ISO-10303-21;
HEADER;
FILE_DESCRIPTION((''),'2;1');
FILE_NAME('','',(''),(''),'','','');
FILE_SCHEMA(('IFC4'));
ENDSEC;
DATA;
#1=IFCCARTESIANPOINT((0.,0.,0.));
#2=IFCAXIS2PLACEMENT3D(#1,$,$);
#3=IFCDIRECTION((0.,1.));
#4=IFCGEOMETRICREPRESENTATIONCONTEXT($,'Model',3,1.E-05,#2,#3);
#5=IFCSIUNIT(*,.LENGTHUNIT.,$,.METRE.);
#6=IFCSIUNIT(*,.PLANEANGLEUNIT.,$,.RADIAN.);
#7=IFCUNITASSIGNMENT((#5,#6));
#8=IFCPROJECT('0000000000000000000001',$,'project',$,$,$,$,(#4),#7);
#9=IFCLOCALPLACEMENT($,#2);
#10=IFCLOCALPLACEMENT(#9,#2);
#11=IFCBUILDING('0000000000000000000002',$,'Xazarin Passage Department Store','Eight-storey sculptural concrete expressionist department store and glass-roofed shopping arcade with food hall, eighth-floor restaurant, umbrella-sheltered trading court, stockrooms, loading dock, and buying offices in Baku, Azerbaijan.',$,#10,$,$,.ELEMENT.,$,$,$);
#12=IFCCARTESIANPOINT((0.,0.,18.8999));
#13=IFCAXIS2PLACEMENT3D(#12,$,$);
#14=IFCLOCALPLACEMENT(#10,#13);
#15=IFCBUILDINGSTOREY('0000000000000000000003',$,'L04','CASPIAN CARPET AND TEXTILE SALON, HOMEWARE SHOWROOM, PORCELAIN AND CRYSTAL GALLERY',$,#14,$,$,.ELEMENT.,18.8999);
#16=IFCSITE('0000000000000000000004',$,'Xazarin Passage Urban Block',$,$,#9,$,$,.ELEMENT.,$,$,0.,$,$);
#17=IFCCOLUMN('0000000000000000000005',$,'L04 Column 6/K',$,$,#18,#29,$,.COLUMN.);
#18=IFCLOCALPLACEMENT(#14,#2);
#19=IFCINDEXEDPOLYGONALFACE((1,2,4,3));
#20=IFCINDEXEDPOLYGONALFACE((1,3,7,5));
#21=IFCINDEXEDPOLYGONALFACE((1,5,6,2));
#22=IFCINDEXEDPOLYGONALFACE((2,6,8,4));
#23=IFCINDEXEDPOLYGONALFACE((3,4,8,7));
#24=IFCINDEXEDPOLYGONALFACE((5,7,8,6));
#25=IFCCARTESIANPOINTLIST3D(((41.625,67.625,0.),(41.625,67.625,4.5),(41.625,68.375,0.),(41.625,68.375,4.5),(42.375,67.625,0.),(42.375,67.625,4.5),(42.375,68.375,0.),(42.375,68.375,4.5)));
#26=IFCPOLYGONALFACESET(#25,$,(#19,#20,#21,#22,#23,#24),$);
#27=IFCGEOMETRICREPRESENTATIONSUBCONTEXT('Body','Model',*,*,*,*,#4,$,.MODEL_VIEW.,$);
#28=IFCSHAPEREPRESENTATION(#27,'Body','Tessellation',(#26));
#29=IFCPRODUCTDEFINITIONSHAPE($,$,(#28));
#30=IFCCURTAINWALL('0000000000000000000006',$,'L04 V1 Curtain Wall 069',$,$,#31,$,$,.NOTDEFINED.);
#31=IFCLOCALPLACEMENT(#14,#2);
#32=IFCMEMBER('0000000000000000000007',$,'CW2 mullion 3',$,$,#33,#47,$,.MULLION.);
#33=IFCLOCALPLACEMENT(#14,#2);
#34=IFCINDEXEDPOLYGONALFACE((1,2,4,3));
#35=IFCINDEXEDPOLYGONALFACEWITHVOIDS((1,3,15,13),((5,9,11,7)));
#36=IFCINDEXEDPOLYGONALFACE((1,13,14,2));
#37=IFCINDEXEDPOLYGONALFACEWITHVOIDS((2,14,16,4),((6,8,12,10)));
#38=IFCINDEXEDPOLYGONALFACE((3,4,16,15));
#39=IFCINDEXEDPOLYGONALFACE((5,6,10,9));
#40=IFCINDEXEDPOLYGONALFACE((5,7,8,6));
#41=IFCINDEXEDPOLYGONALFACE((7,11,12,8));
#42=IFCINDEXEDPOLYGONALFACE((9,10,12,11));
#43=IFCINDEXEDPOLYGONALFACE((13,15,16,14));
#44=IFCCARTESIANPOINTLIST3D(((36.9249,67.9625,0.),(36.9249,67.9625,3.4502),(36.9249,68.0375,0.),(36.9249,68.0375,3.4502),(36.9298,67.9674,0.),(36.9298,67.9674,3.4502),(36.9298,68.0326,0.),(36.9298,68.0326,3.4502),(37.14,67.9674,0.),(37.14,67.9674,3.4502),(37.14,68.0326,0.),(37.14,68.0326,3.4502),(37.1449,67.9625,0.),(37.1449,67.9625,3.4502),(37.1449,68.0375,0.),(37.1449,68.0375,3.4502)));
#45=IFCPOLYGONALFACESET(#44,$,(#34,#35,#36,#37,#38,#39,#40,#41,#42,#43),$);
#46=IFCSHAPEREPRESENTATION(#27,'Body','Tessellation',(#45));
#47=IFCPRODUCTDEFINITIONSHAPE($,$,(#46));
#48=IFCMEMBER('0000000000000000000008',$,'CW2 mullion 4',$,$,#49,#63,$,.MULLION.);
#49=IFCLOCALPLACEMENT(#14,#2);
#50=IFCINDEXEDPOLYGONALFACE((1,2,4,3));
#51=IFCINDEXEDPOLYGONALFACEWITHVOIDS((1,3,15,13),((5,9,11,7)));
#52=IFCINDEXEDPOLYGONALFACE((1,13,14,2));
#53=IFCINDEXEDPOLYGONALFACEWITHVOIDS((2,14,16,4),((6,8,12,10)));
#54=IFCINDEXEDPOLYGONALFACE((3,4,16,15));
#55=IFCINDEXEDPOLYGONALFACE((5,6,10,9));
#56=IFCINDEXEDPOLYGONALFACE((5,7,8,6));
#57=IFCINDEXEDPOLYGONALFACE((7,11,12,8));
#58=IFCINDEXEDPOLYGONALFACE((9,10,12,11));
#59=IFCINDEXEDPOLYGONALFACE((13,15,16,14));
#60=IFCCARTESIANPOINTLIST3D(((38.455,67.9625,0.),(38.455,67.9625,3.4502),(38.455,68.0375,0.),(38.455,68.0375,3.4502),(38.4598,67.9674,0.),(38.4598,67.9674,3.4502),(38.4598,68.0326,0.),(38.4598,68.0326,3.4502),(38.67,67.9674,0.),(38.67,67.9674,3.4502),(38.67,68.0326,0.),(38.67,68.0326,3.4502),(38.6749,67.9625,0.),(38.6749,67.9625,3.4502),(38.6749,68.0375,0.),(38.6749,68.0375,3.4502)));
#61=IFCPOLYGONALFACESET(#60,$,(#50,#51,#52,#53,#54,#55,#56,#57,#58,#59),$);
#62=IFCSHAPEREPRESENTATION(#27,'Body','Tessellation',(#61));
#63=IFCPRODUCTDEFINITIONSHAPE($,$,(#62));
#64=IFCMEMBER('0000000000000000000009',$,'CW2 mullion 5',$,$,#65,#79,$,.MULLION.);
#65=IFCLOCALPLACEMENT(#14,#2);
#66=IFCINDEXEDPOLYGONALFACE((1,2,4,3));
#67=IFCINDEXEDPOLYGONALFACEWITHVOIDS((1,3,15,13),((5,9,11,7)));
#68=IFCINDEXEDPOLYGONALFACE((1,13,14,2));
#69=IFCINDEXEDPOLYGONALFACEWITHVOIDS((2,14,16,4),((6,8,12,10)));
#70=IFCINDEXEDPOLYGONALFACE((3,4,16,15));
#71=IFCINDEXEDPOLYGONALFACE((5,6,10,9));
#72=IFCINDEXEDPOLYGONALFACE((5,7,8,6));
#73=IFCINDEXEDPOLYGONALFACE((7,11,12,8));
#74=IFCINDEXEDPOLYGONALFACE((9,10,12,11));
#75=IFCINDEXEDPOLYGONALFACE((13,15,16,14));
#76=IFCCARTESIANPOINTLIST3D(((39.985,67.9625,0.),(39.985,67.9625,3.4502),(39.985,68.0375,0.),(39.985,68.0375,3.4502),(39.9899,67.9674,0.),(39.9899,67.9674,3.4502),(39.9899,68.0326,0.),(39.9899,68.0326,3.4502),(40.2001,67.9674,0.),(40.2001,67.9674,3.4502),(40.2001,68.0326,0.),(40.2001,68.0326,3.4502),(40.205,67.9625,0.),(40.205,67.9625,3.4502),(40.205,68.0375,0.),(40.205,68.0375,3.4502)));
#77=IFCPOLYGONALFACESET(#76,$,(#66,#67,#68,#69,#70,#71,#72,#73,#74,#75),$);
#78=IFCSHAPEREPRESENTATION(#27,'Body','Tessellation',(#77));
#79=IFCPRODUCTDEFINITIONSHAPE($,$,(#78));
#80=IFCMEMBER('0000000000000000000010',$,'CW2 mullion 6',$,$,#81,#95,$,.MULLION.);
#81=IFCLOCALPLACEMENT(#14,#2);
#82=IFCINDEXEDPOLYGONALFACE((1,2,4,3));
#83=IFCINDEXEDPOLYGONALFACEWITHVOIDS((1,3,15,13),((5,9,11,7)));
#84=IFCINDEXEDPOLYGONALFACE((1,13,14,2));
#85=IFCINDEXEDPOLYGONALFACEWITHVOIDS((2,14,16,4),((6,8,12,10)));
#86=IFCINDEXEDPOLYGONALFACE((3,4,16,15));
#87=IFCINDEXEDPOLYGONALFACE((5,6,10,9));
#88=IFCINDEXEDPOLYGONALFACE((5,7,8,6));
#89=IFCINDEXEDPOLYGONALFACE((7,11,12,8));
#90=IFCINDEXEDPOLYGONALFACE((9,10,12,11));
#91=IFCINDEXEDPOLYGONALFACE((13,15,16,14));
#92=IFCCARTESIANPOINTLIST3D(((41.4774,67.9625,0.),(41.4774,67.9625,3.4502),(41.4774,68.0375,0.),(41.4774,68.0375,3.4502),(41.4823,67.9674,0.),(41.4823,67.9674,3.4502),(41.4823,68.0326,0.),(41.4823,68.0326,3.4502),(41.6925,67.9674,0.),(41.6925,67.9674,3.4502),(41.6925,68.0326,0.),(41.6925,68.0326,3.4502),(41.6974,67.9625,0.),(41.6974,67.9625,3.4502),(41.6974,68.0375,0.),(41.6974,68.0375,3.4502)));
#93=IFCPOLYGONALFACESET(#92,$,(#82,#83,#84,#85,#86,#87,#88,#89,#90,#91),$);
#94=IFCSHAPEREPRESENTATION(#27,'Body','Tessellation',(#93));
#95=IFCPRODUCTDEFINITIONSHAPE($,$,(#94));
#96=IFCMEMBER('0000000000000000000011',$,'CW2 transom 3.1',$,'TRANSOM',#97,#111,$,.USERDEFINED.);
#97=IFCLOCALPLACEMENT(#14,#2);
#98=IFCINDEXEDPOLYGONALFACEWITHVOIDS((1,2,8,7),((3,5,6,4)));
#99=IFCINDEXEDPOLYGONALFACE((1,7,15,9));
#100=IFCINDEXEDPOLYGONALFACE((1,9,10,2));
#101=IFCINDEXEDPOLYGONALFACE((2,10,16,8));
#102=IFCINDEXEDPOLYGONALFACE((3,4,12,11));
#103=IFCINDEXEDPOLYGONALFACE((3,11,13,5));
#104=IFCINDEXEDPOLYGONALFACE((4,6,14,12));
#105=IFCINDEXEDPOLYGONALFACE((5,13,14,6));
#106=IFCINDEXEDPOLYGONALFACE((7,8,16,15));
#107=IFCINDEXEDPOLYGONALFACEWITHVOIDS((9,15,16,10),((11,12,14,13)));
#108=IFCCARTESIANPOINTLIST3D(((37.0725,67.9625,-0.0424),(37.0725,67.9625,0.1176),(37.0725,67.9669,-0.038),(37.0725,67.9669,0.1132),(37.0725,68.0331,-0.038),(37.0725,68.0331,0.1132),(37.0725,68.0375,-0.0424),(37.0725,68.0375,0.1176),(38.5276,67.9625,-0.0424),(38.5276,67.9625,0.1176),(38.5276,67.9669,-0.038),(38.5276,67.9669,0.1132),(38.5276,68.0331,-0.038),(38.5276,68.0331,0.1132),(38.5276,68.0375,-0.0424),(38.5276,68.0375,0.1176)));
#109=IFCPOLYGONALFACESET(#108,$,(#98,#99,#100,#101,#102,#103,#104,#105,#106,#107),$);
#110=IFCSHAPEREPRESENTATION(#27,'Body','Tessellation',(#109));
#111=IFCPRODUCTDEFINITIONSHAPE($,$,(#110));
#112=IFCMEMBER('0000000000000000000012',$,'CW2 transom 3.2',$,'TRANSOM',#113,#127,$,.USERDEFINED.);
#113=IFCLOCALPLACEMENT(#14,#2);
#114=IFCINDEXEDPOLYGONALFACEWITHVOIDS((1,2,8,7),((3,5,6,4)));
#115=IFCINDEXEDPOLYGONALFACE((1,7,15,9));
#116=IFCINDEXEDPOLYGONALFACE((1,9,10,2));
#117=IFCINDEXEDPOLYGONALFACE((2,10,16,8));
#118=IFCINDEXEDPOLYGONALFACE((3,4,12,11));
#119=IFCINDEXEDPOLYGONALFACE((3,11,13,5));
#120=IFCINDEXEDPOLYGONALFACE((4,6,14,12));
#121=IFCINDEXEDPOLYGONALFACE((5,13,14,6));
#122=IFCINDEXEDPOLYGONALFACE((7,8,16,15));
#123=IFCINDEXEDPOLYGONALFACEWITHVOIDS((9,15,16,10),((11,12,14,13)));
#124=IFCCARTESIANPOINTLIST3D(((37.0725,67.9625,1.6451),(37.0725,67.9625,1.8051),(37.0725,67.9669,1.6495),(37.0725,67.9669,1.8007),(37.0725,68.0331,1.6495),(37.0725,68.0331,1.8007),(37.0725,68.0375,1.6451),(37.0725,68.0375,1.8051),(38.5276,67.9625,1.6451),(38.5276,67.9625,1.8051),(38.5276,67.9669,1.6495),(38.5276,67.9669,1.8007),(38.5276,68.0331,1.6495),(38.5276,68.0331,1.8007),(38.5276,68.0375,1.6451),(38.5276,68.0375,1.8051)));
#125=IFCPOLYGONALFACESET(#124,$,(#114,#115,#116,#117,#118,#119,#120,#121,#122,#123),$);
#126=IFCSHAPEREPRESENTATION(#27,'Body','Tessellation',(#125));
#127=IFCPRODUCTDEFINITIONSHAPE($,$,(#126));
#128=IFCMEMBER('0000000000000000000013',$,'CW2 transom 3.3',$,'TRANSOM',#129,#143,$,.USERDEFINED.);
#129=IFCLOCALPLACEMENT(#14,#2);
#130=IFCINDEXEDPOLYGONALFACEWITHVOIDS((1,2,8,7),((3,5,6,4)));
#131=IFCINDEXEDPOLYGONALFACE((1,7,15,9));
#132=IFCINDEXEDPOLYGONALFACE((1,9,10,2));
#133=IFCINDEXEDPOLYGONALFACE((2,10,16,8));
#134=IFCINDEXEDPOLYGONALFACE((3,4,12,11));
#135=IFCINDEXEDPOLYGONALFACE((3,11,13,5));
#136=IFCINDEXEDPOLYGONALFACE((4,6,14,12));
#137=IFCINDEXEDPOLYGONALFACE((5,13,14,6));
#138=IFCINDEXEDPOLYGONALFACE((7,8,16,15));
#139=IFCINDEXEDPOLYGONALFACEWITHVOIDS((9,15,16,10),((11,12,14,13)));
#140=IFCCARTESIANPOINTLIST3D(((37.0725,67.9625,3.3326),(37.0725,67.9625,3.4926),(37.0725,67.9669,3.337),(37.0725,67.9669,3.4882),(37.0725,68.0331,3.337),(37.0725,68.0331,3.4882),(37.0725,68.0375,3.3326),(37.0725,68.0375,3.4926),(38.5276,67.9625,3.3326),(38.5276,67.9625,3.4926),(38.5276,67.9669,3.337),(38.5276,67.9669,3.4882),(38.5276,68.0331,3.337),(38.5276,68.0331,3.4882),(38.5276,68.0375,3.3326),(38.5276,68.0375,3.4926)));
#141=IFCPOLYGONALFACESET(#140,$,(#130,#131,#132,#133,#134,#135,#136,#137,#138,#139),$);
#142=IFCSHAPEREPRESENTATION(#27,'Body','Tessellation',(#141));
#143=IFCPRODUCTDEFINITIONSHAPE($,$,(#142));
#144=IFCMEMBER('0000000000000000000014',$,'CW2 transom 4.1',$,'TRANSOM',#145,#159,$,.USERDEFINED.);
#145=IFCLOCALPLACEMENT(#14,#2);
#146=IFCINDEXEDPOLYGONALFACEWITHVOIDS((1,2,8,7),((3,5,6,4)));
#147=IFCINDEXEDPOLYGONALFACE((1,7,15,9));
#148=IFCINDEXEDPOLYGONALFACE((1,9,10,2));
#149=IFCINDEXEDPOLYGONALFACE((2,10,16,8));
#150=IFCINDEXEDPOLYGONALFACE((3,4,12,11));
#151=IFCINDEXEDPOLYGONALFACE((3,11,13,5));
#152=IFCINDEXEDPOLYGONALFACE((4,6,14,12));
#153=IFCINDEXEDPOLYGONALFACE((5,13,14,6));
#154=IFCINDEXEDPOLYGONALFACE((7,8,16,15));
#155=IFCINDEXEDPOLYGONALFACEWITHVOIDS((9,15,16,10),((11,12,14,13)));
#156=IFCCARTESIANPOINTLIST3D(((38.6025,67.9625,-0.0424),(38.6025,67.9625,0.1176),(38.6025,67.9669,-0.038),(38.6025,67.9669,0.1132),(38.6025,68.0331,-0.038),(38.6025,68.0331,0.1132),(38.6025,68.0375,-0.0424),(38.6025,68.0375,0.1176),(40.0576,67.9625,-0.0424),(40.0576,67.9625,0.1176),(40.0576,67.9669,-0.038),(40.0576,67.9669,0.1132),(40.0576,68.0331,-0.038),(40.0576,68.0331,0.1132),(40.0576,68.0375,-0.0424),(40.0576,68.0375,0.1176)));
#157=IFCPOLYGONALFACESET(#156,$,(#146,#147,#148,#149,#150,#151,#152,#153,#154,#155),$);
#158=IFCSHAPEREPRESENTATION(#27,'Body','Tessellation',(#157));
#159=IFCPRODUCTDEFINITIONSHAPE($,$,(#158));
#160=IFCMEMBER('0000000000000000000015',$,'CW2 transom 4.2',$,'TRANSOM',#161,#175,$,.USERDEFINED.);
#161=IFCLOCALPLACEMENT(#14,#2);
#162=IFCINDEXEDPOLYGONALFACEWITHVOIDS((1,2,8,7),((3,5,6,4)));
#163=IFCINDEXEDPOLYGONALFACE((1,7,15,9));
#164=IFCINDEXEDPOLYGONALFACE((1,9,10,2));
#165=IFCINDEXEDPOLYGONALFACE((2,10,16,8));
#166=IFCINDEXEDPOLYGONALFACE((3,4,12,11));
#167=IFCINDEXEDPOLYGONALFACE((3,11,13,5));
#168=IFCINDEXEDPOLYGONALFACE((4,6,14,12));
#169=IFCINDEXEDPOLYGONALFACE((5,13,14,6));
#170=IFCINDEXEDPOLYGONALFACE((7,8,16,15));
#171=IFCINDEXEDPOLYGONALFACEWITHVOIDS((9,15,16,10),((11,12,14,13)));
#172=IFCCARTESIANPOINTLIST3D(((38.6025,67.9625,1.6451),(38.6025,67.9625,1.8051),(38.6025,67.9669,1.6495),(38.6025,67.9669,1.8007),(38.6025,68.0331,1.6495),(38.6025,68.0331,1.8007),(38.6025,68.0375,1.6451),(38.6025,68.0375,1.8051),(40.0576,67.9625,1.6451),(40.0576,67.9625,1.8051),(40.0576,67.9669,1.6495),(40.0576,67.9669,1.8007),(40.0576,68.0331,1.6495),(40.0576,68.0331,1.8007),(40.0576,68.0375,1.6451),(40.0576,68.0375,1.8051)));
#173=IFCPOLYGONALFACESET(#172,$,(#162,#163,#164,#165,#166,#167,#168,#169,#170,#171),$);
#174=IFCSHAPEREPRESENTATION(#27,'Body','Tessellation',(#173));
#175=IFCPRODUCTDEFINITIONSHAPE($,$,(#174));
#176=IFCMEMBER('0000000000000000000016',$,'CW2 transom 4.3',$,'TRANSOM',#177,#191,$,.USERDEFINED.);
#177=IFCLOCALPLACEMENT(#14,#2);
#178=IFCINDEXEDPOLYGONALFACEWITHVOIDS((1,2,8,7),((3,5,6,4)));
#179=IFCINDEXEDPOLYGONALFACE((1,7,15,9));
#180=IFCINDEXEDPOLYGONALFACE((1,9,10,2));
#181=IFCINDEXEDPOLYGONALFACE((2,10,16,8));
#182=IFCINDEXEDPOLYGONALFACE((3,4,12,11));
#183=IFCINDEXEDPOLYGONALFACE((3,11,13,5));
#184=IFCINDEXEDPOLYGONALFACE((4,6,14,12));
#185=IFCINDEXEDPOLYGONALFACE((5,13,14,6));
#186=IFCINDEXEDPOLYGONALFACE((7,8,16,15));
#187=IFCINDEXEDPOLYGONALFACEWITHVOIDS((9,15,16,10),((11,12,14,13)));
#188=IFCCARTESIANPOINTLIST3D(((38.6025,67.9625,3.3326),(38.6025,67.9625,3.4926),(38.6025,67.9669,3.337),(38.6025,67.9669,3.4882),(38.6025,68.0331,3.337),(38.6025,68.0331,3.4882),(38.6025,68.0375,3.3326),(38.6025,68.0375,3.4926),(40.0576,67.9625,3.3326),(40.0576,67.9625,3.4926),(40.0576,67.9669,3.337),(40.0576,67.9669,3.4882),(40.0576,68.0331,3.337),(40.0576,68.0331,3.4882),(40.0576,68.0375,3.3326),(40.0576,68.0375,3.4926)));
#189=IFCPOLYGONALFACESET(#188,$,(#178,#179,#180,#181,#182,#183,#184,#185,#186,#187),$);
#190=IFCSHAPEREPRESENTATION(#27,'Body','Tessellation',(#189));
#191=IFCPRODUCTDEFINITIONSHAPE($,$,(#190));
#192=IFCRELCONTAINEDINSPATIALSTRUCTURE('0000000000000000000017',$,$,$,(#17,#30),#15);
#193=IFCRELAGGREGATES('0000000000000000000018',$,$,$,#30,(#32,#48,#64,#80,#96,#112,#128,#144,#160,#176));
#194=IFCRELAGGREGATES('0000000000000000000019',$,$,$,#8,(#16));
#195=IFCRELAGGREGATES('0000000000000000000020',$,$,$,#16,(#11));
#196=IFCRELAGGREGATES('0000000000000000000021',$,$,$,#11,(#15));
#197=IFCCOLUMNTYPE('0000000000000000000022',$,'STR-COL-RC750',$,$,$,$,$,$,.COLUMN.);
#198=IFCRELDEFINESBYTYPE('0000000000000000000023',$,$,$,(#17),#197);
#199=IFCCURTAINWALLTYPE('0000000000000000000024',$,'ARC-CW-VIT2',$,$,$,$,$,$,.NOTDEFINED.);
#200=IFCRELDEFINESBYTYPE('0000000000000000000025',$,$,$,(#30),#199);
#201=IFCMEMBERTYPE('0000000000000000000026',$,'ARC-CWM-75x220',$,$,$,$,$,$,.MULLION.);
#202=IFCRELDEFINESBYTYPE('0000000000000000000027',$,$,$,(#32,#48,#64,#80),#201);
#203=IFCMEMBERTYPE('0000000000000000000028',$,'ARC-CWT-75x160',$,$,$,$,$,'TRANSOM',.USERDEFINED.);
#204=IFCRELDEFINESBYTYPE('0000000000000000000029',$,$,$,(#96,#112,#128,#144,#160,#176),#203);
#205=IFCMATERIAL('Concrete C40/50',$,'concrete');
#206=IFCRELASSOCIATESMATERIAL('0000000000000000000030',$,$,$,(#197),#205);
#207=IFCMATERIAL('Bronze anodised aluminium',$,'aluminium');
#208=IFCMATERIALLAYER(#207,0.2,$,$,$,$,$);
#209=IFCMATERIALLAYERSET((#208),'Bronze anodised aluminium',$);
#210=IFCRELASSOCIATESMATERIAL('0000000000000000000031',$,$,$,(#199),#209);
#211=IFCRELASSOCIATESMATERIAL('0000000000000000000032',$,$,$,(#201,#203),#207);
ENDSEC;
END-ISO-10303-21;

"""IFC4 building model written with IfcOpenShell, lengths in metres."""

from ifc_helpers import new_model, si_unit, direction, frame, origin, origin_2d, place, context, subcontext, project, spatial, rectangle, hollow_rectangle, extrude, material, layer, layer_set, material_profile, profile_set, type_object, element, aggregate, save


model = new_model("IFC4")

# Units and contexts
model_context = context("Model", 3, precision=1e-05, world=origin(), true_north=direction((0.0, 1.0)))
body_context = subcontext(model_context, "Body", "Model", "MODEL_VIEW")
ifc_project = project(units=[si_unit("LENGTHUNIT", "METRE"), si_unit("PLANEANGLEUNIT", "RADIAN")], contexts=[model_context])

# Site, building, storey
site_placement = place(None, origin())
site = spatial("IfcSite", under=ifc_project, at=site_placement, Name="Xazarin Passage Urban Block", CompositionType="ELEMENT", RefElevation=0.0)
building_placement = place(site_placement, origin())
building = spatial("IfcBuilding", under=site, at=building_placement, Name="Xazarin Passage Department Store", Description="Eight-storey sculptural concrete expressionist department store and glass-roofed shopping arcade with food hall, eighth-floor restaurant, umbrella-sheltered trading court, stockrooms, loading dock, and buying offices in Baku, Azerbaijan.", CompositionType="ELEMENT")
storey_placement = place(building_placement, frame((0.0, 0.0, 18.8999)))
storey = spatial("IfcBuildingStorey", under=building, at=storey_placement, Name="L04", Description="CASPIAN CARPET AND TEXTILE SALON, HOMEWARE SHOWROOM, PORCELAIN AND CRYSTAL GALLERY", CompositionType="ELEMENT", Elevation=18.8999)

# Column
ifc_material_1 = material(Name="Concrete C40/50", Category="concrete")
ifc_material_profile_1 = material_profile(ifc_material_1, rectangle(XDim=0.75, YDim=0.75, at=origin_2d()), Name="RC 750x750")
ifc_profile_set_1 = profile_set([ifc_material_profile_1], Name="Concrete C40/50")
column_type = type_object("IfcColumnType", Name="STR-COL-RC750", PredefinedType="COLUMN", material=ifc_profile_set_1)
column_placement = place(storey_placement, frame((42.0, 68.0, 0.0), z_axis=(0.0, 0.0, 1.0), x_axis=(1.0, 0.0, 0.0)))
element("IfcColumn", 1, at=column_placement, inside=storey, type_object=column_type, Name="L04 Column 6/K", PredefinedType="COLUMN", context=body_context, shape_type="SweptSolid", body=[
    extrude(rectangle(XDim=0.75, YDim=0.75, at=origin_2d()), origin(), (0.0, 0.0, 1.0), 4.5),
])

# Curtain wall, members
ifc_material_2 = material(Name="Bronze anodised aluminium", Category="aluminium")
ifc_layer_1 = layer(ifc_material_2, 0.2)
ifc_layer_set_1 = layer_set([ifc_layer_1], Name="Bronze anodised aluminium")
curtain_wall_type = type_object("IfcCurtainWallType", Name="ARC-CW-VIT2", PredefinedType="NOTDEFINED", material=ifc_layer_set_1)
curtain_wall_placement = place(storey_placement, origin())
curtain_wall = element("IfcCurtainWall", 2, at=curtain_wall_placement, inside=storey, type_object=curtain_wall_type, Name="L04 V1 Curtain Wall 069", PredefinedType="NOTDEFINED")
ifc_material_profile_2 = material_profile(ifc_material_2, hollow_rectangle(XDim=0.075, YDim=0.22, WallThickness=0.0049, at=origin_2d()), Name="ALU 75x220")
ifc_profile_set_2 = profile_set([ifc_material_profile_2], Name="Bronze anodised aluminium")
member_type_1 = type_object("IfcMemberType", Name="ARC-CWM-75x220", PredefinedType="MULLION", material=ifc_profile_set_2)
member_1_placement = place(storey_placement, frame((37.0349, 68.0, 0.0), z_axis=(0.0, 0.0, 1.0), x_axis=(0.0, 1.0, 0.0)))
member_1 = element("IfcMember", 3, at=member_1_placement, type_object=member_type_1, Name="CW2 mullion 3", PredefinedType="MULLION", context=body_context, shape_type="SweptSolid", body=[
    extrude(hollow_rectangle(XDim=0.075, YDim=0.22, WallThickness=0.0049, at=origin_2d()), origin(), (0.0, 0.0, 1.0), 3.4502),
])
member_2_placement = place(storey_placement, frame((38.5649, 68.0, 0.0), z_axis=(0.0, 0.0, 1.0), x_axis=(0.0, 1.0, 0.0)))
member_2 = element("IfcMember", 4, at=member_2_placement, type_object=member_type_1, Name="CW2 mullion 4", PredefinedType="MULLION", context=body_context, shape_type="SweptSolid", body=[
    extrude(hollow_rectangle(XDim=0.075, YDim=0.22, WallThickness=0.0049, at=origin_2d()), origin(), (0.0, 0.0, 1.0), 3.4502),
])
member_3_placement = place(storey_placement, frame((40.095, 68.0, 0.0), z_axis=(0.0, 0.0, 1.0), x_axis=(0.0, 1.0, 0.0)))
member_3 = element("IfcMember", 5, at=member_3_placement, type_object=member_type_1, Name="CW2 mullion 5", PredefinedType="MULLION", context=body_context, shape_type="SweptSolid", body=[
    extrude(hollow_rectangle(XDim=0.075, YDim=0.22, WallThickness=0.0049, at=origin_2d()), origin(), (0.0, 0.0, 1.0), 3.4502),
])
member_4_placement = place(storey_placement, frame((41.5874, 68.0, 0.0), z_axis=(0.0, 0.0, 1.0), x_axis=(0.0, 1.0, 0.0)))
member_4 = element("IfcMember", 6, at=member_4_placement, type_object=member_type_1, Name="CW2 mullion 6", PredefinedType="MULLION", context=body_context, shape_type="SweptSolid", body=[
    extrude(hollow_rectangle(XDim=0.075, YDim=0.22, WallThickness=0.0049, at=origin_2d()), origin(), (0.0, 0.0, 1.0), 3.4502),
])
ifc_material_profile_3 = material_profile(ifc_material_2, hollow_rectangle(XDim=0.075, YDim=0.1599, WallThickness=0.0044, at=origin_2d()), Name="ALU 75x160")
ifc_profile_set_3 = profile_set([ifc_material_profile_3], Name="Bronze anodised aluminium")
member_type_2 = type_object("IfcMemberType", Name="ARC-CWT-75x160", ElementType="TRANSOM", PredefinedType="USERDEFINED", material=ifc_profile_set_3)
member_5_placement = place(storey_placement, frame((37.0725, 68.0, 0.0376), z_axis=(1.0, 0.0, 0.0), x_axis=(0.0, 1.0, 0.0)))
member_5 = element("IfcMember", 7, at=member_5_placement, type_object=member_type_2, Name="CW2 transom 3.1", ObjectType="TRANSOM", PredefinedType="USERDEFINED", context=body_context, shape_type="SweptSolid", body=[
    extrude(hollow_rectangle(XDim=0.075, YDim=0.1599, WallThickness=0.0044, at=origin_2d()), origin(), (0.0, 0.0, 1.0), 1.4551),
])
member_6_placement = place(storey_placement, frame((37.0725, 68.0, 1.7251), z_axis=(1.0, 0.0, 0.0), x_axis=(0.0, 1.0, 0.0)))
member_6 = element("IfcMember", 8, at=member_6_placement, type_object=member_type_2, Name="CW2 transom 3.2", ObjectType="TRANSOM", PredefinedType="USERDEFINED", context=body_context, shape_type="SweptSolid", body=[
    extrude(hollow_rectangle(XDim=0.075, YDim=0.1599, WallThickness=0.0044, at=origin_2d()), origin(), (0.0, 0.0, 1.0), 1.4551),
])
member_7_placement = place(storey_placement, frame((37.0725, 68.0, 3.4126), z_axis=(1.0, 0.0, 0.0), x_axis=(0.0, 1.0, 0.0)))
member_7 = element("IfcMember", 9, at=member_7_placement, type_object=member_type_2, Name="CW2 transom 3.3", ObjectType="TRANSOM", PredefinedType="USERDEFINED", context=body_context, shape_type="SweptSolid", body=[
    extrude(hollow_rectangle(XDim=0.075, YDim=0.1599, WallThickness=0.0044, at=origin_2d()), origin(), (0.0, 0.0, 1.0), 1.4551),
])
member_8_placement = place(storey_placement, frame((38.6025, 68.0, 0.0376), z_axis=(1.0, 0.0, 0.0), x_axis=(0.0, 1.0, 0.0)))
member_8 = element("IfcMember", 10, at=member_8_placement, type_object=member_type_2, Name="CW2 transom 4.1", ObjectType="TRANSOM", PredefinedType="USERDEFINED", context=body_context, shape_type="SweptSolid", body=[
    extrude(hollow_rectangle(XDim=0.075, YDim=0.1599, WallThickness=0.0044, at=origin_2d()), origin(), (0.0, 0.0, 1.0), 1.4551),
])
member_9_placement = place(storey_placement, frame((38.6025, 68.0, 1.7251), z_axis=(1.0, 0.0, 0.0), x_axis=(0.0, 1.0, 0.0)))
member_9 = element("IfcMember", 11, at=member_9_placement, type_object=member_type_2, Name="CW2 transom 4.2", ObjectType="TRANSOM", PredefinedType="USERDEFINED", context=body_context, shape_type="SweptSolid", body=[
    extrude(hollow_rectangle(XDim=0.075, YDim=0.1599, WallThickness=0.0044, at=origin_2d()), origin(), (0.0, 0.0, 1.0), 1.4551),
])
member_10_placement = place(storey_placement, frame((38.6025, 68.0, 3.4126), z_axis=(1.0, 0.0, 0.0), x_axis=(0.0, 1.0, 0.0)))
member_10 = element("IfcMember", 12, at=member_10_placement, type_object=member_type_2, Name="CW2 transom 4.3", ObjectType="TRANSOM", PredefinedType="USERDEFINED", context=body_context, shape_type="SweptSolid", body=[
    extrude(hollow_rectangle(XDim=0.075, YDim=0.1599, WallThickness=0.0044, at=origin_2d()), origin(), (0.0, 0.0, 1.0), 1.4551),
])

aggregate(curtain_wall, [member_1, member_2, member_3, member_4, member_5, member_6, member_7, member_8, member_9, member_10])

save(model, "model.ifc")
